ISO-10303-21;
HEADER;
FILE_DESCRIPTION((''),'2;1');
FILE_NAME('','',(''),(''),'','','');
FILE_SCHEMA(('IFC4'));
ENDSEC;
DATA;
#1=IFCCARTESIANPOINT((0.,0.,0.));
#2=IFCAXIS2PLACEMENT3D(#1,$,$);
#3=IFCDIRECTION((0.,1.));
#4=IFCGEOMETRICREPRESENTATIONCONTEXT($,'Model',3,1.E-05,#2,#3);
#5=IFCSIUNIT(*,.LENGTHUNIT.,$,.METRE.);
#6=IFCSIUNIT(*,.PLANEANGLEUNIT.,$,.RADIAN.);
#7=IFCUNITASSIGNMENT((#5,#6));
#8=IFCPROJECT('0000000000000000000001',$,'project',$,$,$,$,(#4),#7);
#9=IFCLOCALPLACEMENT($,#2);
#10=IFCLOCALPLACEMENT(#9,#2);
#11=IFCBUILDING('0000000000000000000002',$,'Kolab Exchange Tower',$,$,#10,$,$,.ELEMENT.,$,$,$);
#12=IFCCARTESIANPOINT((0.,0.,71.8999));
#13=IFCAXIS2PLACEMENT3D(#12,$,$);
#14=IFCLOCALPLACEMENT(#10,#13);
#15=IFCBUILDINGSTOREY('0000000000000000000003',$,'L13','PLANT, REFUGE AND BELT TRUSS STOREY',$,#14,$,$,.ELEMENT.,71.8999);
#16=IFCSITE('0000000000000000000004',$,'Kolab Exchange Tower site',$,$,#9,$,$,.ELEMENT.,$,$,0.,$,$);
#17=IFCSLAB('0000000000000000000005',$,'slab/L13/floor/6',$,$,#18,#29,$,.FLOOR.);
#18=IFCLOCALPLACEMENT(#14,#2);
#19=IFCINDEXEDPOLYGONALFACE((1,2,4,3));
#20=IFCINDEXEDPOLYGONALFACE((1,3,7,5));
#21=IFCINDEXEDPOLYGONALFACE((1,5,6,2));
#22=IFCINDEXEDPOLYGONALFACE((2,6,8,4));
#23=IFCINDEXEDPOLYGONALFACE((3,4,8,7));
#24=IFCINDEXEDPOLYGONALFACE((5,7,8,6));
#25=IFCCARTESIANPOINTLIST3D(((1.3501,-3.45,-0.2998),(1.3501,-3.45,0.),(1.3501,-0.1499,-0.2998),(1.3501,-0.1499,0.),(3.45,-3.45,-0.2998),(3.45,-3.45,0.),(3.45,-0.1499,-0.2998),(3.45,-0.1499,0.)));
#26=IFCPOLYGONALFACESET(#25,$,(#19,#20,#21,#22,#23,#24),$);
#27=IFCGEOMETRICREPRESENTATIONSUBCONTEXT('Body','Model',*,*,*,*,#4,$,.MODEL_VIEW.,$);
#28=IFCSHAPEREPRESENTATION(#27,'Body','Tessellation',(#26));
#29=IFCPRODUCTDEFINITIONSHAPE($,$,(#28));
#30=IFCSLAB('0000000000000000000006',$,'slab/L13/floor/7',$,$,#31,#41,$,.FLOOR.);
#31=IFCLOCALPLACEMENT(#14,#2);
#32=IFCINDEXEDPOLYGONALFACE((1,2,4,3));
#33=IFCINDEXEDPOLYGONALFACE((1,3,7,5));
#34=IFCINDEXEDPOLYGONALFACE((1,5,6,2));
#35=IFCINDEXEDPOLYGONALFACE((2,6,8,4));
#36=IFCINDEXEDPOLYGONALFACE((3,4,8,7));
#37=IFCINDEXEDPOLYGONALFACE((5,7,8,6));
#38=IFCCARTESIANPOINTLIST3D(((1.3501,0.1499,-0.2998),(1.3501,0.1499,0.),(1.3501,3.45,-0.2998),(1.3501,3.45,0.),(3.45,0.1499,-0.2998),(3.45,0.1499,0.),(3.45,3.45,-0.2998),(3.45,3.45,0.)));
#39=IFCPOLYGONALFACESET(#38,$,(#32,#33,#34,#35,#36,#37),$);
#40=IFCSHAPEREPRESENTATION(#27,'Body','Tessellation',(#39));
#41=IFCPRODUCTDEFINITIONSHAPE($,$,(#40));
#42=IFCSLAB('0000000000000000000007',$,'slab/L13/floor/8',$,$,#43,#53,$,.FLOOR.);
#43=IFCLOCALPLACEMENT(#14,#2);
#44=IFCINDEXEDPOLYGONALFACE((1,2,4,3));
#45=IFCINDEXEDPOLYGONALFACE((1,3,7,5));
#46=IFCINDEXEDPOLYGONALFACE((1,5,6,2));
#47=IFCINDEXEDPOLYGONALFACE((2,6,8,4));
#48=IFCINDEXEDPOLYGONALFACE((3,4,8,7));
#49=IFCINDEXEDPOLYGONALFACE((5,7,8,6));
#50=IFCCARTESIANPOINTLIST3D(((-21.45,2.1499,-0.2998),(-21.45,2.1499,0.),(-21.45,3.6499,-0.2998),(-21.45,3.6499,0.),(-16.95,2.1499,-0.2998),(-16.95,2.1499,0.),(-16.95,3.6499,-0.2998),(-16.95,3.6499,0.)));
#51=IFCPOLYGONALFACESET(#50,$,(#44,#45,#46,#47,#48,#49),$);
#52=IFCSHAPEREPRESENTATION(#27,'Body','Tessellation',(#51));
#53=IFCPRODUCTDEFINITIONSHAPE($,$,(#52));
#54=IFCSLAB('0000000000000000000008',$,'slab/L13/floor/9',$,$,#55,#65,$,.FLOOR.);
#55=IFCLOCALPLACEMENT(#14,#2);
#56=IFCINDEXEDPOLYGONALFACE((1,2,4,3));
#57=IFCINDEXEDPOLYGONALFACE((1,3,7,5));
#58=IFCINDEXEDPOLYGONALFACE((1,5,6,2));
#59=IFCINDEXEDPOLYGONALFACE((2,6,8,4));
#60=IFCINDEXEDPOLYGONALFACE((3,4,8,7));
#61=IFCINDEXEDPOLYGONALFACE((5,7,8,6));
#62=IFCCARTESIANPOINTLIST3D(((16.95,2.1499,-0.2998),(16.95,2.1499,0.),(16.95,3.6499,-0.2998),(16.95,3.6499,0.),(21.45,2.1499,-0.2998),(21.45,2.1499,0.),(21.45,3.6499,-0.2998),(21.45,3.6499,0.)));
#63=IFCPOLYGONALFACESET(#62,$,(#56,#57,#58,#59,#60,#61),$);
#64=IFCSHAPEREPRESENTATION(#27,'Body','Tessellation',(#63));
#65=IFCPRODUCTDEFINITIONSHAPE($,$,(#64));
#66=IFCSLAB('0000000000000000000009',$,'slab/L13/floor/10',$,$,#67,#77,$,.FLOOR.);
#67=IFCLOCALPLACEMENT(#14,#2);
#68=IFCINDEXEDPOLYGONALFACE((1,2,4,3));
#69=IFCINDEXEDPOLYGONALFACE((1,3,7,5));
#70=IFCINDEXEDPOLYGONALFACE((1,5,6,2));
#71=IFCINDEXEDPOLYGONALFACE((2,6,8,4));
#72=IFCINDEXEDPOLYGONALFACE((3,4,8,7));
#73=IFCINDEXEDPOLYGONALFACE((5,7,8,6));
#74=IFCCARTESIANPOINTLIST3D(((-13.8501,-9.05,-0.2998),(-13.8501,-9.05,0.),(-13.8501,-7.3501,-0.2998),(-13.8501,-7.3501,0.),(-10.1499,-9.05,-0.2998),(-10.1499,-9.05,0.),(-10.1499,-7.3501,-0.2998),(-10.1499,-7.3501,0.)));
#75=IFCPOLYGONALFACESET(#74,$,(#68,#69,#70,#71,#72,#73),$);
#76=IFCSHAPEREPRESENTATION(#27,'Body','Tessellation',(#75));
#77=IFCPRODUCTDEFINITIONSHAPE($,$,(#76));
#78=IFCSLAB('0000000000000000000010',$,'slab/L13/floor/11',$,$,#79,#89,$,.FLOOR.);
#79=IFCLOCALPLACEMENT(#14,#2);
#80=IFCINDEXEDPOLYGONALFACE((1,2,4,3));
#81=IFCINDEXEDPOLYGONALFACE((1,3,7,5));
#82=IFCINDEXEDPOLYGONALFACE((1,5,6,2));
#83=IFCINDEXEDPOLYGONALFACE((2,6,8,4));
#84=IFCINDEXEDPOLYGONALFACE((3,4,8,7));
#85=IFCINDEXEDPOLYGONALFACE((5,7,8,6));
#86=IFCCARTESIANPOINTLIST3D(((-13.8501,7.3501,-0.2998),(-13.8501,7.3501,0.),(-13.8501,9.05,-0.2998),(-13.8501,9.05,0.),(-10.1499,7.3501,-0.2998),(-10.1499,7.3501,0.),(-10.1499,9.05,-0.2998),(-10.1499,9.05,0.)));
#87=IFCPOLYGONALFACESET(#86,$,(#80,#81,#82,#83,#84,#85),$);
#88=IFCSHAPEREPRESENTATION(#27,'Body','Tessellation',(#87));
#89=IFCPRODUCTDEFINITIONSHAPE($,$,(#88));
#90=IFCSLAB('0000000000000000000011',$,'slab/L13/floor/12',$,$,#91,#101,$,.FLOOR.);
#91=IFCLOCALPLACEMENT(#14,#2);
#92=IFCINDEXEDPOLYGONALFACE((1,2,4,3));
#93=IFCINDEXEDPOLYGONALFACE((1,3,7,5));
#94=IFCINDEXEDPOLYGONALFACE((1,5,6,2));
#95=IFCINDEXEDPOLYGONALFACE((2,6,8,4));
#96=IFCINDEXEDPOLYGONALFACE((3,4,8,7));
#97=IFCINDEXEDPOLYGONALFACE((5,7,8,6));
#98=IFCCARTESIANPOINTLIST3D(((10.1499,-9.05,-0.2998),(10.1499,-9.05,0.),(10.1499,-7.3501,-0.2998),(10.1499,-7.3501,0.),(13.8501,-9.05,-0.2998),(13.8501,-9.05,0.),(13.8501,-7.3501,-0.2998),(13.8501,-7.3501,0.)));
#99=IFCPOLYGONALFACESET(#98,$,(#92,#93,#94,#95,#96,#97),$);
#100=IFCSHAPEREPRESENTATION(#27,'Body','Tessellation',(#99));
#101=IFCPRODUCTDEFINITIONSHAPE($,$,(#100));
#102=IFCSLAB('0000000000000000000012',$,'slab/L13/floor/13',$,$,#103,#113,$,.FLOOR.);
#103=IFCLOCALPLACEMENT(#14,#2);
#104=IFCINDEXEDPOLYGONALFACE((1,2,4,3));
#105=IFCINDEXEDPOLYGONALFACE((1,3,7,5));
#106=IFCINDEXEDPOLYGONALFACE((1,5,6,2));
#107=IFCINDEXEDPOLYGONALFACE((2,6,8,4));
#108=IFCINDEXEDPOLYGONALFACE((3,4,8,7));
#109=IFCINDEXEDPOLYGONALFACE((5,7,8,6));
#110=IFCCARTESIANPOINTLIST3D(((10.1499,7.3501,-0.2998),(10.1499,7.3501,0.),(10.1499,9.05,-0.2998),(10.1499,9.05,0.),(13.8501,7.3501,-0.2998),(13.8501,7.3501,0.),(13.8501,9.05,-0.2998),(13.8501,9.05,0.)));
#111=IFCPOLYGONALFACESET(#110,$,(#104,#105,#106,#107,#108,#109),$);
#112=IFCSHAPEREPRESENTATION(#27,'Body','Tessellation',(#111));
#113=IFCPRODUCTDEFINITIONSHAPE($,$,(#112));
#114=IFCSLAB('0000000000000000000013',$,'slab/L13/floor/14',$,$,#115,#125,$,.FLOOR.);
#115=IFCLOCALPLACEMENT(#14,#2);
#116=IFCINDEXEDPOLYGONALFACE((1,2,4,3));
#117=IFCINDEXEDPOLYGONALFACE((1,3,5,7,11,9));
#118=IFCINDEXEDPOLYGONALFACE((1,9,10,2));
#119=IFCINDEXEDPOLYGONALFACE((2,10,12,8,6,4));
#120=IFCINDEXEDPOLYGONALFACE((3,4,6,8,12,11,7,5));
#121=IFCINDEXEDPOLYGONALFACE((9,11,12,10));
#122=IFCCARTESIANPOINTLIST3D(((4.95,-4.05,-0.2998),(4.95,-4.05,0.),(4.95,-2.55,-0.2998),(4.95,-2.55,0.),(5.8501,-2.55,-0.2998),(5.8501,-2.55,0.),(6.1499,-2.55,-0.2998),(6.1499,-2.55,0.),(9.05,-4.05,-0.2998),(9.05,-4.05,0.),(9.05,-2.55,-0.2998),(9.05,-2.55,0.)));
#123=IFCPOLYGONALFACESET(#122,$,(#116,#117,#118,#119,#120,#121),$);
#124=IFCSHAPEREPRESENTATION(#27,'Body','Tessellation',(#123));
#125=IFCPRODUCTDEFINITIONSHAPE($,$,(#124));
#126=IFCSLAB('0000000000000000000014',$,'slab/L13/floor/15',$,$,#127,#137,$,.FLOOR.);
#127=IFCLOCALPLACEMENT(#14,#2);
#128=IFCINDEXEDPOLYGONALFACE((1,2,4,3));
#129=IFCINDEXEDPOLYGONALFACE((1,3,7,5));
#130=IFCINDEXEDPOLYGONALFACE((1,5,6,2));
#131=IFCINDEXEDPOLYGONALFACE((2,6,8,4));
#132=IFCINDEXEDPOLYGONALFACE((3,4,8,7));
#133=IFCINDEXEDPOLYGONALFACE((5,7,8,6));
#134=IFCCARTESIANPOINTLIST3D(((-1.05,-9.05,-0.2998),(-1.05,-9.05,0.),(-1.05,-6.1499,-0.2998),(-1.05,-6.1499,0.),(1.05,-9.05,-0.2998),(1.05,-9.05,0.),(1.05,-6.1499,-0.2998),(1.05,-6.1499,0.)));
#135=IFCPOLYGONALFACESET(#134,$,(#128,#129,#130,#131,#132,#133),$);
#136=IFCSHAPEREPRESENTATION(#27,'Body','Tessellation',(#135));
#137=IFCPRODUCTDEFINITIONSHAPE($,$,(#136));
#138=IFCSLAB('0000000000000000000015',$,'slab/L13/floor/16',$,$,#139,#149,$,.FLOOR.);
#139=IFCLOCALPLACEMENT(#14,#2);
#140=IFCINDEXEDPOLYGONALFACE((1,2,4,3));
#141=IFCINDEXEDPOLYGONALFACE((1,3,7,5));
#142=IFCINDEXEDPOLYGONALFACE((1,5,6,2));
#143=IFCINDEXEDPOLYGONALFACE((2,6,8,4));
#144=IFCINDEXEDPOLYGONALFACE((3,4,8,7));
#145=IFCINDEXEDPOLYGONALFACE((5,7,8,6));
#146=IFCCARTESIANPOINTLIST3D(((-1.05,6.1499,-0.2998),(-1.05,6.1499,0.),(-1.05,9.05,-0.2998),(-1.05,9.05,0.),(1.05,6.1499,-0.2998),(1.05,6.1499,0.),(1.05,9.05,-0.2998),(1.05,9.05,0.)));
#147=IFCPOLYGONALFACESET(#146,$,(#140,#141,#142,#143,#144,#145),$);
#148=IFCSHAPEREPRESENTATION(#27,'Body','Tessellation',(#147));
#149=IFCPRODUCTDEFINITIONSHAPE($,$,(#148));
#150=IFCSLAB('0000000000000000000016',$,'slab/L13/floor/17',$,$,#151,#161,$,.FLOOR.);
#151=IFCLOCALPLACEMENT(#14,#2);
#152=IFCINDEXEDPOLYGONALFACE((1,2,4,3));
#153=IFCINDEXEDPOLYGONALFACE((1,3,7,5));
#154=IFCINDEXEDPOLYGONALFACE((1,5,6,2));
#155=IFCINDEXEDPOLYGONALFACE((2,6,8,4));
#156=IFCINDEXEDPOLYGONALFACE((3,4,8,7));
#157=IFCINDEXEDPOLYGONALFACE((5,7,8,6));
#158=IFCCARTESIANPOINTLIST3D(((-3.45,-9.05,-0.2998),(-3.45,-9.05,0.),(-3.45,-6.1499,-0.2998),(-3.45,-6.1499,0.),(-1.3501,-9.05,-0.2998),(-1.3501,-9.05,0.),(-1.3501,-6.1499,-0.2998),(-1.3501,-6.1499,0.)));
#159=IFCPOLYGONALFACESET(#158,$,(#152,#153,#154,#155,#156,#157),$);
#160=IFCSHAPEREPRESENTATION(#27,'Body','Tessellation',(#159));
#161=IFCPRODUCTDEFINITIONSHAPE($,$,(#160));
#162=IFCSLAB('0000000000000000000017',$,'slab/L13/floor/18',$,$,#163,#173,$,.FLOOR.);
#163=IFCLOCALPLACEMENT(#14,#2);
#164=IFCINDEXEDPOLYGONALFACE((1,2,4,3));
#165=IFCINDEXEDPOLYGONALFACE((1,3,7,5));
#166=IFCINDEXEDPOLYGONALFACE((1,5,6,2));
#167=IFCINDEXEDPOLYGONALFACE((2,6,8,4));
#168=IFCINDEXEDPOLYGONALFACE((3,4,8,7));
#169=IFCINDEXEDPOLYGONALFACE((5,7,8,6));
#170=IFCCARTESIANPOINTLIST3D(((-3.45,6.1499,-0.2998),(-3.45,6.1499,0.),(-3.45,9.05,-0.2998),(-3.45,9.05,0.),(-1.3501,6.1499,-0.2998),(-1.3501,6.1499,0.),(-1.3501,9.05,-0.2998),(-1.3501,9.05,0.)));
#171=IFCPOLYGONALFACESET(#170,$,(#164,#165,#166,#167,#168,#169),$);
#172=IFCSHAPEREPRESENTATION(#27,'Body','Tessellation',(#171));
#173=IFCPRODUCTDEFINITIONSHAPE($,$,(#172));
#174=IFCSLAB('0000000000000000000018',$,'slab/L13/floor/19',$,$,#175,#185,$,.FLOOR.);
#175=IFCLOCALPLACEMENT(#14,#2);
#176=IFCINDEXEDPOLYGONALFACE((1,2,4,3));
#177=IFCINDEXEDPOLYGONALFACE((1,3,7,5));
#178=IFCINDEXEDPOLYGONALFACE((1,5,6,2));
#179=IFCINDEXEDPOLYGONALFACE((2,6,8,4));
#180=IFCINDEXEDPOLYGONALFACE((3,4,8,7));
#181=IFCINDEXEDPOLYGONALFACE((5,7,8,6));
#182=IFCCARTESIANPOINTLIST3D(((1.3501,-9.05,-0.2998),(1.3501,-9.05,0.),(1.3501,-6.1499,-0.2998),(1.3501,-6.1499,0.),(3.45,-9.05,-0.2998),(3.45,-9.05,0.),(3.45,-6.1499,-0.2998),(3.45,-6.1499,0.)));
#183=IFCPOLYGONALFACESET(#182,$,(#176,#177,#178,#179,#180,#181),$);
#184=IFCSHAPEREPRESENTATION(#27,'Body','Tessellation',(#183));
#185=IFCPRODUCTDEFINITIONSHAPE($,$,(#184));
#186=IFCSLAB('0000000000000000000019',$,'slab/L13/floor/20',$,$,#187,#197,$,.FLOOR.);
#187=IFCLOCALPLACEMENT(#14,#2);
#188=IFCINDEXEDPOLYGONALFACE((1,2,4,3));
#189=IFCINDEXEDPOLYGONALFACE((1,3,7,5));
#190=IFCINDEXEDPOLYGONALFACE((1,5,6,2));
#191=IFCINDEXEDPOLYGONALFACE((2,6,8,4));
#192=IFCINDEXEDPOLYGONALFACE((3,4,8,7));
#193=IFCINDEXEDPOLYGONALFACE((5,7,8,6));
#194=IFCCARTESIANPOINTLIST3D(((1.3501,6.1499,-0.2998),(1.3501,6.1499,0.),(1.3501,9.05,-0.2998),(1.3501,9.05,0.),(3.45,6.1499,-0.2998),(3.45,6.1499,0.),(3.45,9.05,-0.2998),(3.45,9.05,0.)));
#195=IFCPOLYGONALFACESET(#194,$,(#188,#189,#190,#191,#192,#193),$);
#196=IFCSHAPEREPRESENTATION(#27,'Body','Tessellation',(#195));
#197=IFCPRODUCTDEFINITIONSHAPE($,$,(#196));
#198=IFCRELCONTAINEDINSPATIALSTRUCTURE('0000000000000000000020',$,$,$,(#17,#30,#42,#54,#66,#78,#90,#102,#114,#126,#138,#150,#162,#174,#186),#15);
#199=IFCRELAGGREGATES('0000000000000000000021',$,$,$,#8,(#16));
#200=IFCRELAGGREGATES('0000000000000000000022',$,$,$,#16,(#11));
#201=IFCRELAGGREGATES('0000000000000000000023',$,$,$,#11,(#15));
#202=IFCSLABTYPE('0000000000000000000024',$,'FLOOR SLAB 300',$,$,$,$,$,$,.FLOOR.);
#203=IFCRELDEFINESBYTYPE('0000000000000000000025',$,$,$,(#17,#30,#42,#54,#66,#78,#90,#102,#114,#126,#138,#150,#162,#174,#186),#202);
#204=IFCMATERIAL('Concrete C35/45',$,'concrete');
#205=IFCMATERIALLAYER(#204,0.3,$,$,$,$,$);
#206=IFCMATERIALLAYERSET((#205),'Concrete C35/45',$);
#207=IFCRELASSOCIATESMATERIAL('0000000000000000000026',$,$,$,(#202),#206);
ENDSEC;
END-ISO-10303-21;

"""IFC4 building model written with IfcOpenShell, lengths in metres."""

from ifc_helpers import new_model, si_unit, direction, frame, origin, place, context, subcontext, project, spatial, polyline, outline, extrude, material, layer, layer_set, type_object, element, save


model = new_model("IFC4")

# Units and contexts
model_context = context("Model", 3, precision=1e-05, world=origin(), true_north=direction((0.0, 1.0)))
body_context = subcontext(model_context, "Body", "Model", "MODEL_VIEW")
ifc_project = project(units=[si_unit("LENGTHUNIT", "METRE"), si_unit("PLANEANGLEUNIT", "RADIAN")], contexts=[model_context])

# Site, building, storey
site_placement = place(None, origin())
site = spatial("IfcSite", under=ifc_project, at=site_placement, Name="Kolab Exchange Tower site", CompositionType="ELEMENT", RefElevation=0.0)
building_placement = place(site_placement, origin())
building = spatial("IfcBuilding", under=site, at=building_placement, Name="Kolab Exchange Tower", CompositionType="ELEMENT")
storey_placement = place(building_placement, frame((0.0, 0.0, 71.8999)))
storey = spatial("IfcBuildingStorey", under=building, at=storey_placement, Name="L13", Description="PLANT, REFUGE AND BELT TRUSS STOREY", CompositionType="ELEMENT", Elevation=71.8999)

# Slabs
ifc_material = material(Name="Concrete C35/45", Category="concrete")
ifc_layer = layer(ifc_material, 0.3)
ifc_layer_set = layer_set([ifc_layer], Name="Concrete C35/45")
slab_type = type_object("IfcSlabType", Name="FLOOR SLAB 300", PredefinedType="FLOOR", material=ifc_layer_set)
slab_1_placement = place(storey_placement, frame((0.0, 0.0, -0.2998)))
element("IfcSlab", 1, at=slab_1_placement, inside=storey, type_object=slab_type, Name="slab/L13/floor/6", PredefinedType="FLOOR", context=body_context, shape_type="SweptSolid", body=[
    extrude(outline(polyline([(1.3501, -3.45), (3.45, -3.45), (3.45, -0.1499), (1.3501, -0.1499), (1.3501, -3.45)])), origin(), (0.0, 0.0, 1.0), 0.2998),
])
slab_2_placement = place(storey_placement, frame((0.0, 0.0, -0.2998)))
element("IfcSlab", 2, at=slab_2_placement, inside=storey, type_object=slab_type, Name="slab/L13/floor/7", PredefinedType="FLOOR", context=body_context, shape_type="SweptSolid", body=[
    extrude(outline(polyline([(1.3501, 0.1499), (3.45, 0.1499), (3.45, 3.45), (1.3501, 3.45), (1.3501, 0.1499)])), origin(), (0.0, 0.0, 1.0), 0.2998),
])
slab_3_placement = place(storey_placement, frame((0.0, 0.0, -0.2998)))
element("IfcSlab", 3, at=slab_3_placement, inside=storey, type_object=slab_type, Name="slab/L13/floor/8", PredefinedType="FLOOR", context=body_context, shape_type="SweptSolid", body=[
    extrude(outline(polyline([(-21.45, 3.6499), (-21.45, 2.1499), (-16.95, 2.1499), (-16.95, 3.6499), (-21.45, 3.6499)])), origin(), (0.0, 0.0, 1.0), 0.2998),
])
slab_4_placement = place(storey_placement, frame((0.0, 0.0, -0.2998)))
element("IfcSlab", 4, at=slab_4_placement, inside=storey, type_object=slab_type, Name="slab/L13/floor/9", PredefinedType="FLOOR", context=body_context, shape_type="SweptSolid", body=[
    extrude(outline(polyline([(21.45, 3.6499), (16.95, 3.6499), (16.95, 2.1499), (21.45, 2.1499), (21.45, 3.6499)])), origin(), (0.0, 0.0, 1.0), 0.2998),
])
slab_5_placement = place(storey_placement, frame((0.0, 0.0, -0.2998)))
element("IfcSlab", 5, at=slab_5_placement, inside=storey, type_object=slab_type, Name="slab/L13/floor/10", PredefinedType="FLOOR", context=body_context, shape_type="SweptSolid", body=[
    extrude(outline(polyline([(-10.1499, -9.05), (-10.1499, -7.3501), (-13.8501, -7.3501), (-13.8501, -9.05), (-10.1499, -9.05)])), origin(), (0.0, 0.0, 1.0), 0.2998),
])
slab_6_placement = place(storey_placement, frame((0.0, 0.0, -0.2998)))
element("IfcSlab", 6, at=slab_6_placement, inside=storey, type_object=slab_type, Name="slab/L13/floor/11", PredefinedType="FLOOR", context=body_context, shape_type="SweptSolid", body=[
    extrude(outline(polyline([(-13.8501, 7.3501), (-10.1499, 7.3501), (-10.1499, 9.05), (-13.8501, 9.05), (-13.8501, 7.3501)])), origin(), (0.0, 0.0, 1.0), 0.2998),
])
slab_7_placement = place(storey_placement, frame((0.0, 0.0, -0.2998)))
element("IfcSlab", 7, at=slab_7_placement, inside=storey, type_object=slab_type, Name="slab/L13/floor/12", PredefinedType="FLOOR", context=body_context, shape_type="SweptSolid", body=[
    extrude(outline(polyline([(10.1499, -7.3501), (10.1499, -9.05), (13.8501, -9.05), (13.8501, -7.3501), (10.1499, -7.3501)])), origin(), (0.0, 0.0, 1.0), 0.2998),
])
slab_8_placement = place(storey_placement, frame((0.0, 0.0, -0.2998)))
element("IfcSlab", 8, at=slab_8_placement, inside=storey, type_object=slab_type, Name="slab/L13/floor/13", PredefinedType="FLOOR", context=body_context, shape_type="SweptSolid", body=[
    extrude(outline(polyline([(10.1499, 7.3501), (13.8501, 7.3501), (13.8501, 9.05), (10.1499, 9.05), (10.1499, 7.3501)])), origin(), (0.0, 0.0, 1.0), 0.2998),
])
slab_9_placement = place(storey_placement, frame((0.0, 0.0, -0.2998)))
element("IfcSlab", 9, at=slab_9_placement, inside=storey, type_object=slab_type, Name="slab/L13/floor/14", PredefinedType="FLOOR", context=body_context, shape_type="SweptSolid", body=[
    extrude(outline(polyline([(9.05, -4.05), (9.05, -2.55), (6.1499, -2.55), (5.8501, -2.55), (4.95, -2.55), (4.95, -4.05), (9.05, -4.05)])), origin(), (0.0, 0.0, 1.0), 0.2998),
])
slab_10_placement = place(storey_placement, frame((0.0, 0.0, -0.2998)))
element("IfcSlab", 10, at=slab_10_placement, inside=storey, type_object=slab_type, Name="slab/L13/floor/15", PredefinedType="FLOOR", context=body_context, shape_type="SweptSolid", body=[
    extrude(outline(polyline([(1.05, -6.1499), (-1.05, -6.1499), (-1.05, -9.05), (1.05, -9.05), (1.05, -6.1499)])), origin(), (0.0, 0.0, 1.0), 0.2998),
])
slab_11_placement = place(storey_placement, frame((0.0, 0.0, -0.2998)))
element("IfcSlab", 11, at=slab_11_placement, inside=storey, type_object=slab_type, Name="slab/L13/floor/16", PredefinedType="FLOOR", context=body_context, shape_type="SweptSolid", body=[
    extrude(outline(polyline([(-1.05, 9.05), (-1.05, 6.1499), (1.05, 6.1499), (1.05, 9.05), (-1.05, 9.05)])), origin(), (0.0, 0.0, 1.0), 0.2998),
])
slab_12_placement = place(storey_placement, frame((0.0, 0.0, -0.2998)))
element("IfcSlab", 12, at=slab_12_placement, inside=storey, type_object=slab_type, Name="slab/L13/floor/17", PredefinedType="FLOOR", context=body_context, shape_type="SweptSolid", body=[
    extrude(outline(polyline([(-1.3501, -6.1499), (-3.45, -6.1499), (-3.45, -9.05), (-1.3501, -9.05), (-1.3501, -6.1499)])), origin(), (0.0, 0.0, 1.0), 0.2998),
])
slab_13_placement = place(storey_placement, frame((0.0, 0.0, -0.2998)))
element("IfcSlab", 13, at=slab_13_placement, inside=storey, type_object=slab_type, Name="slab/L13/floor/18", PredefinedType="FLOOR", context=body_context, shape_type="SweptSolid", body=[
    extrude(outline(polyline([(-1.3501, 6.1499), (-1.3501, 9.05), (-3.45, 9.05), (-3.45, 6.1499), (-1.3501, 6.1499)])), origin(), (0.0, 0.0, 1.0), 0.2998),
])
slab_14_placement = place(storey_placement, frame((0.0, 0.0, -0.2998)))
element("IfcSlab", 14, at=slab_14_placement, inside=storey, type_object=slab_type, Name="slab/L13/floor/19", PredefinedType="FLOOR", context=body_context, shape_type="SweptSolid", body=[
    extrude(outline(polyline([(1.3501, -6.1499), (1.3501, -9.05), (3.45, -9.05), (3.45, -6.1499), (1.3501, -6.1499)])), origin(), (0.0, 0.0, 1.0), 0.2998),
])
slab_15_placement = place(storey_placement, frame((0.0, 0.0, -0.2998)))
element("IfcSlab", 15, at=slab_15_placement, inside=storey, type_object=slab_type, Name="slab/L13/floor/20", PredefinedType="FLOOR", context=body_context, shape_type="SweptSolid", body=[
    extrude(outline(polyline([(1.3501, 6.1499), (3.45, 6.1499), (3.45, 9.05), (1.3501, 9.05), (1.3501, 6.1499)])), origin(), (0.0, 0.0, 1.0), 0.2998),
])

save(model, "model.ifc")
